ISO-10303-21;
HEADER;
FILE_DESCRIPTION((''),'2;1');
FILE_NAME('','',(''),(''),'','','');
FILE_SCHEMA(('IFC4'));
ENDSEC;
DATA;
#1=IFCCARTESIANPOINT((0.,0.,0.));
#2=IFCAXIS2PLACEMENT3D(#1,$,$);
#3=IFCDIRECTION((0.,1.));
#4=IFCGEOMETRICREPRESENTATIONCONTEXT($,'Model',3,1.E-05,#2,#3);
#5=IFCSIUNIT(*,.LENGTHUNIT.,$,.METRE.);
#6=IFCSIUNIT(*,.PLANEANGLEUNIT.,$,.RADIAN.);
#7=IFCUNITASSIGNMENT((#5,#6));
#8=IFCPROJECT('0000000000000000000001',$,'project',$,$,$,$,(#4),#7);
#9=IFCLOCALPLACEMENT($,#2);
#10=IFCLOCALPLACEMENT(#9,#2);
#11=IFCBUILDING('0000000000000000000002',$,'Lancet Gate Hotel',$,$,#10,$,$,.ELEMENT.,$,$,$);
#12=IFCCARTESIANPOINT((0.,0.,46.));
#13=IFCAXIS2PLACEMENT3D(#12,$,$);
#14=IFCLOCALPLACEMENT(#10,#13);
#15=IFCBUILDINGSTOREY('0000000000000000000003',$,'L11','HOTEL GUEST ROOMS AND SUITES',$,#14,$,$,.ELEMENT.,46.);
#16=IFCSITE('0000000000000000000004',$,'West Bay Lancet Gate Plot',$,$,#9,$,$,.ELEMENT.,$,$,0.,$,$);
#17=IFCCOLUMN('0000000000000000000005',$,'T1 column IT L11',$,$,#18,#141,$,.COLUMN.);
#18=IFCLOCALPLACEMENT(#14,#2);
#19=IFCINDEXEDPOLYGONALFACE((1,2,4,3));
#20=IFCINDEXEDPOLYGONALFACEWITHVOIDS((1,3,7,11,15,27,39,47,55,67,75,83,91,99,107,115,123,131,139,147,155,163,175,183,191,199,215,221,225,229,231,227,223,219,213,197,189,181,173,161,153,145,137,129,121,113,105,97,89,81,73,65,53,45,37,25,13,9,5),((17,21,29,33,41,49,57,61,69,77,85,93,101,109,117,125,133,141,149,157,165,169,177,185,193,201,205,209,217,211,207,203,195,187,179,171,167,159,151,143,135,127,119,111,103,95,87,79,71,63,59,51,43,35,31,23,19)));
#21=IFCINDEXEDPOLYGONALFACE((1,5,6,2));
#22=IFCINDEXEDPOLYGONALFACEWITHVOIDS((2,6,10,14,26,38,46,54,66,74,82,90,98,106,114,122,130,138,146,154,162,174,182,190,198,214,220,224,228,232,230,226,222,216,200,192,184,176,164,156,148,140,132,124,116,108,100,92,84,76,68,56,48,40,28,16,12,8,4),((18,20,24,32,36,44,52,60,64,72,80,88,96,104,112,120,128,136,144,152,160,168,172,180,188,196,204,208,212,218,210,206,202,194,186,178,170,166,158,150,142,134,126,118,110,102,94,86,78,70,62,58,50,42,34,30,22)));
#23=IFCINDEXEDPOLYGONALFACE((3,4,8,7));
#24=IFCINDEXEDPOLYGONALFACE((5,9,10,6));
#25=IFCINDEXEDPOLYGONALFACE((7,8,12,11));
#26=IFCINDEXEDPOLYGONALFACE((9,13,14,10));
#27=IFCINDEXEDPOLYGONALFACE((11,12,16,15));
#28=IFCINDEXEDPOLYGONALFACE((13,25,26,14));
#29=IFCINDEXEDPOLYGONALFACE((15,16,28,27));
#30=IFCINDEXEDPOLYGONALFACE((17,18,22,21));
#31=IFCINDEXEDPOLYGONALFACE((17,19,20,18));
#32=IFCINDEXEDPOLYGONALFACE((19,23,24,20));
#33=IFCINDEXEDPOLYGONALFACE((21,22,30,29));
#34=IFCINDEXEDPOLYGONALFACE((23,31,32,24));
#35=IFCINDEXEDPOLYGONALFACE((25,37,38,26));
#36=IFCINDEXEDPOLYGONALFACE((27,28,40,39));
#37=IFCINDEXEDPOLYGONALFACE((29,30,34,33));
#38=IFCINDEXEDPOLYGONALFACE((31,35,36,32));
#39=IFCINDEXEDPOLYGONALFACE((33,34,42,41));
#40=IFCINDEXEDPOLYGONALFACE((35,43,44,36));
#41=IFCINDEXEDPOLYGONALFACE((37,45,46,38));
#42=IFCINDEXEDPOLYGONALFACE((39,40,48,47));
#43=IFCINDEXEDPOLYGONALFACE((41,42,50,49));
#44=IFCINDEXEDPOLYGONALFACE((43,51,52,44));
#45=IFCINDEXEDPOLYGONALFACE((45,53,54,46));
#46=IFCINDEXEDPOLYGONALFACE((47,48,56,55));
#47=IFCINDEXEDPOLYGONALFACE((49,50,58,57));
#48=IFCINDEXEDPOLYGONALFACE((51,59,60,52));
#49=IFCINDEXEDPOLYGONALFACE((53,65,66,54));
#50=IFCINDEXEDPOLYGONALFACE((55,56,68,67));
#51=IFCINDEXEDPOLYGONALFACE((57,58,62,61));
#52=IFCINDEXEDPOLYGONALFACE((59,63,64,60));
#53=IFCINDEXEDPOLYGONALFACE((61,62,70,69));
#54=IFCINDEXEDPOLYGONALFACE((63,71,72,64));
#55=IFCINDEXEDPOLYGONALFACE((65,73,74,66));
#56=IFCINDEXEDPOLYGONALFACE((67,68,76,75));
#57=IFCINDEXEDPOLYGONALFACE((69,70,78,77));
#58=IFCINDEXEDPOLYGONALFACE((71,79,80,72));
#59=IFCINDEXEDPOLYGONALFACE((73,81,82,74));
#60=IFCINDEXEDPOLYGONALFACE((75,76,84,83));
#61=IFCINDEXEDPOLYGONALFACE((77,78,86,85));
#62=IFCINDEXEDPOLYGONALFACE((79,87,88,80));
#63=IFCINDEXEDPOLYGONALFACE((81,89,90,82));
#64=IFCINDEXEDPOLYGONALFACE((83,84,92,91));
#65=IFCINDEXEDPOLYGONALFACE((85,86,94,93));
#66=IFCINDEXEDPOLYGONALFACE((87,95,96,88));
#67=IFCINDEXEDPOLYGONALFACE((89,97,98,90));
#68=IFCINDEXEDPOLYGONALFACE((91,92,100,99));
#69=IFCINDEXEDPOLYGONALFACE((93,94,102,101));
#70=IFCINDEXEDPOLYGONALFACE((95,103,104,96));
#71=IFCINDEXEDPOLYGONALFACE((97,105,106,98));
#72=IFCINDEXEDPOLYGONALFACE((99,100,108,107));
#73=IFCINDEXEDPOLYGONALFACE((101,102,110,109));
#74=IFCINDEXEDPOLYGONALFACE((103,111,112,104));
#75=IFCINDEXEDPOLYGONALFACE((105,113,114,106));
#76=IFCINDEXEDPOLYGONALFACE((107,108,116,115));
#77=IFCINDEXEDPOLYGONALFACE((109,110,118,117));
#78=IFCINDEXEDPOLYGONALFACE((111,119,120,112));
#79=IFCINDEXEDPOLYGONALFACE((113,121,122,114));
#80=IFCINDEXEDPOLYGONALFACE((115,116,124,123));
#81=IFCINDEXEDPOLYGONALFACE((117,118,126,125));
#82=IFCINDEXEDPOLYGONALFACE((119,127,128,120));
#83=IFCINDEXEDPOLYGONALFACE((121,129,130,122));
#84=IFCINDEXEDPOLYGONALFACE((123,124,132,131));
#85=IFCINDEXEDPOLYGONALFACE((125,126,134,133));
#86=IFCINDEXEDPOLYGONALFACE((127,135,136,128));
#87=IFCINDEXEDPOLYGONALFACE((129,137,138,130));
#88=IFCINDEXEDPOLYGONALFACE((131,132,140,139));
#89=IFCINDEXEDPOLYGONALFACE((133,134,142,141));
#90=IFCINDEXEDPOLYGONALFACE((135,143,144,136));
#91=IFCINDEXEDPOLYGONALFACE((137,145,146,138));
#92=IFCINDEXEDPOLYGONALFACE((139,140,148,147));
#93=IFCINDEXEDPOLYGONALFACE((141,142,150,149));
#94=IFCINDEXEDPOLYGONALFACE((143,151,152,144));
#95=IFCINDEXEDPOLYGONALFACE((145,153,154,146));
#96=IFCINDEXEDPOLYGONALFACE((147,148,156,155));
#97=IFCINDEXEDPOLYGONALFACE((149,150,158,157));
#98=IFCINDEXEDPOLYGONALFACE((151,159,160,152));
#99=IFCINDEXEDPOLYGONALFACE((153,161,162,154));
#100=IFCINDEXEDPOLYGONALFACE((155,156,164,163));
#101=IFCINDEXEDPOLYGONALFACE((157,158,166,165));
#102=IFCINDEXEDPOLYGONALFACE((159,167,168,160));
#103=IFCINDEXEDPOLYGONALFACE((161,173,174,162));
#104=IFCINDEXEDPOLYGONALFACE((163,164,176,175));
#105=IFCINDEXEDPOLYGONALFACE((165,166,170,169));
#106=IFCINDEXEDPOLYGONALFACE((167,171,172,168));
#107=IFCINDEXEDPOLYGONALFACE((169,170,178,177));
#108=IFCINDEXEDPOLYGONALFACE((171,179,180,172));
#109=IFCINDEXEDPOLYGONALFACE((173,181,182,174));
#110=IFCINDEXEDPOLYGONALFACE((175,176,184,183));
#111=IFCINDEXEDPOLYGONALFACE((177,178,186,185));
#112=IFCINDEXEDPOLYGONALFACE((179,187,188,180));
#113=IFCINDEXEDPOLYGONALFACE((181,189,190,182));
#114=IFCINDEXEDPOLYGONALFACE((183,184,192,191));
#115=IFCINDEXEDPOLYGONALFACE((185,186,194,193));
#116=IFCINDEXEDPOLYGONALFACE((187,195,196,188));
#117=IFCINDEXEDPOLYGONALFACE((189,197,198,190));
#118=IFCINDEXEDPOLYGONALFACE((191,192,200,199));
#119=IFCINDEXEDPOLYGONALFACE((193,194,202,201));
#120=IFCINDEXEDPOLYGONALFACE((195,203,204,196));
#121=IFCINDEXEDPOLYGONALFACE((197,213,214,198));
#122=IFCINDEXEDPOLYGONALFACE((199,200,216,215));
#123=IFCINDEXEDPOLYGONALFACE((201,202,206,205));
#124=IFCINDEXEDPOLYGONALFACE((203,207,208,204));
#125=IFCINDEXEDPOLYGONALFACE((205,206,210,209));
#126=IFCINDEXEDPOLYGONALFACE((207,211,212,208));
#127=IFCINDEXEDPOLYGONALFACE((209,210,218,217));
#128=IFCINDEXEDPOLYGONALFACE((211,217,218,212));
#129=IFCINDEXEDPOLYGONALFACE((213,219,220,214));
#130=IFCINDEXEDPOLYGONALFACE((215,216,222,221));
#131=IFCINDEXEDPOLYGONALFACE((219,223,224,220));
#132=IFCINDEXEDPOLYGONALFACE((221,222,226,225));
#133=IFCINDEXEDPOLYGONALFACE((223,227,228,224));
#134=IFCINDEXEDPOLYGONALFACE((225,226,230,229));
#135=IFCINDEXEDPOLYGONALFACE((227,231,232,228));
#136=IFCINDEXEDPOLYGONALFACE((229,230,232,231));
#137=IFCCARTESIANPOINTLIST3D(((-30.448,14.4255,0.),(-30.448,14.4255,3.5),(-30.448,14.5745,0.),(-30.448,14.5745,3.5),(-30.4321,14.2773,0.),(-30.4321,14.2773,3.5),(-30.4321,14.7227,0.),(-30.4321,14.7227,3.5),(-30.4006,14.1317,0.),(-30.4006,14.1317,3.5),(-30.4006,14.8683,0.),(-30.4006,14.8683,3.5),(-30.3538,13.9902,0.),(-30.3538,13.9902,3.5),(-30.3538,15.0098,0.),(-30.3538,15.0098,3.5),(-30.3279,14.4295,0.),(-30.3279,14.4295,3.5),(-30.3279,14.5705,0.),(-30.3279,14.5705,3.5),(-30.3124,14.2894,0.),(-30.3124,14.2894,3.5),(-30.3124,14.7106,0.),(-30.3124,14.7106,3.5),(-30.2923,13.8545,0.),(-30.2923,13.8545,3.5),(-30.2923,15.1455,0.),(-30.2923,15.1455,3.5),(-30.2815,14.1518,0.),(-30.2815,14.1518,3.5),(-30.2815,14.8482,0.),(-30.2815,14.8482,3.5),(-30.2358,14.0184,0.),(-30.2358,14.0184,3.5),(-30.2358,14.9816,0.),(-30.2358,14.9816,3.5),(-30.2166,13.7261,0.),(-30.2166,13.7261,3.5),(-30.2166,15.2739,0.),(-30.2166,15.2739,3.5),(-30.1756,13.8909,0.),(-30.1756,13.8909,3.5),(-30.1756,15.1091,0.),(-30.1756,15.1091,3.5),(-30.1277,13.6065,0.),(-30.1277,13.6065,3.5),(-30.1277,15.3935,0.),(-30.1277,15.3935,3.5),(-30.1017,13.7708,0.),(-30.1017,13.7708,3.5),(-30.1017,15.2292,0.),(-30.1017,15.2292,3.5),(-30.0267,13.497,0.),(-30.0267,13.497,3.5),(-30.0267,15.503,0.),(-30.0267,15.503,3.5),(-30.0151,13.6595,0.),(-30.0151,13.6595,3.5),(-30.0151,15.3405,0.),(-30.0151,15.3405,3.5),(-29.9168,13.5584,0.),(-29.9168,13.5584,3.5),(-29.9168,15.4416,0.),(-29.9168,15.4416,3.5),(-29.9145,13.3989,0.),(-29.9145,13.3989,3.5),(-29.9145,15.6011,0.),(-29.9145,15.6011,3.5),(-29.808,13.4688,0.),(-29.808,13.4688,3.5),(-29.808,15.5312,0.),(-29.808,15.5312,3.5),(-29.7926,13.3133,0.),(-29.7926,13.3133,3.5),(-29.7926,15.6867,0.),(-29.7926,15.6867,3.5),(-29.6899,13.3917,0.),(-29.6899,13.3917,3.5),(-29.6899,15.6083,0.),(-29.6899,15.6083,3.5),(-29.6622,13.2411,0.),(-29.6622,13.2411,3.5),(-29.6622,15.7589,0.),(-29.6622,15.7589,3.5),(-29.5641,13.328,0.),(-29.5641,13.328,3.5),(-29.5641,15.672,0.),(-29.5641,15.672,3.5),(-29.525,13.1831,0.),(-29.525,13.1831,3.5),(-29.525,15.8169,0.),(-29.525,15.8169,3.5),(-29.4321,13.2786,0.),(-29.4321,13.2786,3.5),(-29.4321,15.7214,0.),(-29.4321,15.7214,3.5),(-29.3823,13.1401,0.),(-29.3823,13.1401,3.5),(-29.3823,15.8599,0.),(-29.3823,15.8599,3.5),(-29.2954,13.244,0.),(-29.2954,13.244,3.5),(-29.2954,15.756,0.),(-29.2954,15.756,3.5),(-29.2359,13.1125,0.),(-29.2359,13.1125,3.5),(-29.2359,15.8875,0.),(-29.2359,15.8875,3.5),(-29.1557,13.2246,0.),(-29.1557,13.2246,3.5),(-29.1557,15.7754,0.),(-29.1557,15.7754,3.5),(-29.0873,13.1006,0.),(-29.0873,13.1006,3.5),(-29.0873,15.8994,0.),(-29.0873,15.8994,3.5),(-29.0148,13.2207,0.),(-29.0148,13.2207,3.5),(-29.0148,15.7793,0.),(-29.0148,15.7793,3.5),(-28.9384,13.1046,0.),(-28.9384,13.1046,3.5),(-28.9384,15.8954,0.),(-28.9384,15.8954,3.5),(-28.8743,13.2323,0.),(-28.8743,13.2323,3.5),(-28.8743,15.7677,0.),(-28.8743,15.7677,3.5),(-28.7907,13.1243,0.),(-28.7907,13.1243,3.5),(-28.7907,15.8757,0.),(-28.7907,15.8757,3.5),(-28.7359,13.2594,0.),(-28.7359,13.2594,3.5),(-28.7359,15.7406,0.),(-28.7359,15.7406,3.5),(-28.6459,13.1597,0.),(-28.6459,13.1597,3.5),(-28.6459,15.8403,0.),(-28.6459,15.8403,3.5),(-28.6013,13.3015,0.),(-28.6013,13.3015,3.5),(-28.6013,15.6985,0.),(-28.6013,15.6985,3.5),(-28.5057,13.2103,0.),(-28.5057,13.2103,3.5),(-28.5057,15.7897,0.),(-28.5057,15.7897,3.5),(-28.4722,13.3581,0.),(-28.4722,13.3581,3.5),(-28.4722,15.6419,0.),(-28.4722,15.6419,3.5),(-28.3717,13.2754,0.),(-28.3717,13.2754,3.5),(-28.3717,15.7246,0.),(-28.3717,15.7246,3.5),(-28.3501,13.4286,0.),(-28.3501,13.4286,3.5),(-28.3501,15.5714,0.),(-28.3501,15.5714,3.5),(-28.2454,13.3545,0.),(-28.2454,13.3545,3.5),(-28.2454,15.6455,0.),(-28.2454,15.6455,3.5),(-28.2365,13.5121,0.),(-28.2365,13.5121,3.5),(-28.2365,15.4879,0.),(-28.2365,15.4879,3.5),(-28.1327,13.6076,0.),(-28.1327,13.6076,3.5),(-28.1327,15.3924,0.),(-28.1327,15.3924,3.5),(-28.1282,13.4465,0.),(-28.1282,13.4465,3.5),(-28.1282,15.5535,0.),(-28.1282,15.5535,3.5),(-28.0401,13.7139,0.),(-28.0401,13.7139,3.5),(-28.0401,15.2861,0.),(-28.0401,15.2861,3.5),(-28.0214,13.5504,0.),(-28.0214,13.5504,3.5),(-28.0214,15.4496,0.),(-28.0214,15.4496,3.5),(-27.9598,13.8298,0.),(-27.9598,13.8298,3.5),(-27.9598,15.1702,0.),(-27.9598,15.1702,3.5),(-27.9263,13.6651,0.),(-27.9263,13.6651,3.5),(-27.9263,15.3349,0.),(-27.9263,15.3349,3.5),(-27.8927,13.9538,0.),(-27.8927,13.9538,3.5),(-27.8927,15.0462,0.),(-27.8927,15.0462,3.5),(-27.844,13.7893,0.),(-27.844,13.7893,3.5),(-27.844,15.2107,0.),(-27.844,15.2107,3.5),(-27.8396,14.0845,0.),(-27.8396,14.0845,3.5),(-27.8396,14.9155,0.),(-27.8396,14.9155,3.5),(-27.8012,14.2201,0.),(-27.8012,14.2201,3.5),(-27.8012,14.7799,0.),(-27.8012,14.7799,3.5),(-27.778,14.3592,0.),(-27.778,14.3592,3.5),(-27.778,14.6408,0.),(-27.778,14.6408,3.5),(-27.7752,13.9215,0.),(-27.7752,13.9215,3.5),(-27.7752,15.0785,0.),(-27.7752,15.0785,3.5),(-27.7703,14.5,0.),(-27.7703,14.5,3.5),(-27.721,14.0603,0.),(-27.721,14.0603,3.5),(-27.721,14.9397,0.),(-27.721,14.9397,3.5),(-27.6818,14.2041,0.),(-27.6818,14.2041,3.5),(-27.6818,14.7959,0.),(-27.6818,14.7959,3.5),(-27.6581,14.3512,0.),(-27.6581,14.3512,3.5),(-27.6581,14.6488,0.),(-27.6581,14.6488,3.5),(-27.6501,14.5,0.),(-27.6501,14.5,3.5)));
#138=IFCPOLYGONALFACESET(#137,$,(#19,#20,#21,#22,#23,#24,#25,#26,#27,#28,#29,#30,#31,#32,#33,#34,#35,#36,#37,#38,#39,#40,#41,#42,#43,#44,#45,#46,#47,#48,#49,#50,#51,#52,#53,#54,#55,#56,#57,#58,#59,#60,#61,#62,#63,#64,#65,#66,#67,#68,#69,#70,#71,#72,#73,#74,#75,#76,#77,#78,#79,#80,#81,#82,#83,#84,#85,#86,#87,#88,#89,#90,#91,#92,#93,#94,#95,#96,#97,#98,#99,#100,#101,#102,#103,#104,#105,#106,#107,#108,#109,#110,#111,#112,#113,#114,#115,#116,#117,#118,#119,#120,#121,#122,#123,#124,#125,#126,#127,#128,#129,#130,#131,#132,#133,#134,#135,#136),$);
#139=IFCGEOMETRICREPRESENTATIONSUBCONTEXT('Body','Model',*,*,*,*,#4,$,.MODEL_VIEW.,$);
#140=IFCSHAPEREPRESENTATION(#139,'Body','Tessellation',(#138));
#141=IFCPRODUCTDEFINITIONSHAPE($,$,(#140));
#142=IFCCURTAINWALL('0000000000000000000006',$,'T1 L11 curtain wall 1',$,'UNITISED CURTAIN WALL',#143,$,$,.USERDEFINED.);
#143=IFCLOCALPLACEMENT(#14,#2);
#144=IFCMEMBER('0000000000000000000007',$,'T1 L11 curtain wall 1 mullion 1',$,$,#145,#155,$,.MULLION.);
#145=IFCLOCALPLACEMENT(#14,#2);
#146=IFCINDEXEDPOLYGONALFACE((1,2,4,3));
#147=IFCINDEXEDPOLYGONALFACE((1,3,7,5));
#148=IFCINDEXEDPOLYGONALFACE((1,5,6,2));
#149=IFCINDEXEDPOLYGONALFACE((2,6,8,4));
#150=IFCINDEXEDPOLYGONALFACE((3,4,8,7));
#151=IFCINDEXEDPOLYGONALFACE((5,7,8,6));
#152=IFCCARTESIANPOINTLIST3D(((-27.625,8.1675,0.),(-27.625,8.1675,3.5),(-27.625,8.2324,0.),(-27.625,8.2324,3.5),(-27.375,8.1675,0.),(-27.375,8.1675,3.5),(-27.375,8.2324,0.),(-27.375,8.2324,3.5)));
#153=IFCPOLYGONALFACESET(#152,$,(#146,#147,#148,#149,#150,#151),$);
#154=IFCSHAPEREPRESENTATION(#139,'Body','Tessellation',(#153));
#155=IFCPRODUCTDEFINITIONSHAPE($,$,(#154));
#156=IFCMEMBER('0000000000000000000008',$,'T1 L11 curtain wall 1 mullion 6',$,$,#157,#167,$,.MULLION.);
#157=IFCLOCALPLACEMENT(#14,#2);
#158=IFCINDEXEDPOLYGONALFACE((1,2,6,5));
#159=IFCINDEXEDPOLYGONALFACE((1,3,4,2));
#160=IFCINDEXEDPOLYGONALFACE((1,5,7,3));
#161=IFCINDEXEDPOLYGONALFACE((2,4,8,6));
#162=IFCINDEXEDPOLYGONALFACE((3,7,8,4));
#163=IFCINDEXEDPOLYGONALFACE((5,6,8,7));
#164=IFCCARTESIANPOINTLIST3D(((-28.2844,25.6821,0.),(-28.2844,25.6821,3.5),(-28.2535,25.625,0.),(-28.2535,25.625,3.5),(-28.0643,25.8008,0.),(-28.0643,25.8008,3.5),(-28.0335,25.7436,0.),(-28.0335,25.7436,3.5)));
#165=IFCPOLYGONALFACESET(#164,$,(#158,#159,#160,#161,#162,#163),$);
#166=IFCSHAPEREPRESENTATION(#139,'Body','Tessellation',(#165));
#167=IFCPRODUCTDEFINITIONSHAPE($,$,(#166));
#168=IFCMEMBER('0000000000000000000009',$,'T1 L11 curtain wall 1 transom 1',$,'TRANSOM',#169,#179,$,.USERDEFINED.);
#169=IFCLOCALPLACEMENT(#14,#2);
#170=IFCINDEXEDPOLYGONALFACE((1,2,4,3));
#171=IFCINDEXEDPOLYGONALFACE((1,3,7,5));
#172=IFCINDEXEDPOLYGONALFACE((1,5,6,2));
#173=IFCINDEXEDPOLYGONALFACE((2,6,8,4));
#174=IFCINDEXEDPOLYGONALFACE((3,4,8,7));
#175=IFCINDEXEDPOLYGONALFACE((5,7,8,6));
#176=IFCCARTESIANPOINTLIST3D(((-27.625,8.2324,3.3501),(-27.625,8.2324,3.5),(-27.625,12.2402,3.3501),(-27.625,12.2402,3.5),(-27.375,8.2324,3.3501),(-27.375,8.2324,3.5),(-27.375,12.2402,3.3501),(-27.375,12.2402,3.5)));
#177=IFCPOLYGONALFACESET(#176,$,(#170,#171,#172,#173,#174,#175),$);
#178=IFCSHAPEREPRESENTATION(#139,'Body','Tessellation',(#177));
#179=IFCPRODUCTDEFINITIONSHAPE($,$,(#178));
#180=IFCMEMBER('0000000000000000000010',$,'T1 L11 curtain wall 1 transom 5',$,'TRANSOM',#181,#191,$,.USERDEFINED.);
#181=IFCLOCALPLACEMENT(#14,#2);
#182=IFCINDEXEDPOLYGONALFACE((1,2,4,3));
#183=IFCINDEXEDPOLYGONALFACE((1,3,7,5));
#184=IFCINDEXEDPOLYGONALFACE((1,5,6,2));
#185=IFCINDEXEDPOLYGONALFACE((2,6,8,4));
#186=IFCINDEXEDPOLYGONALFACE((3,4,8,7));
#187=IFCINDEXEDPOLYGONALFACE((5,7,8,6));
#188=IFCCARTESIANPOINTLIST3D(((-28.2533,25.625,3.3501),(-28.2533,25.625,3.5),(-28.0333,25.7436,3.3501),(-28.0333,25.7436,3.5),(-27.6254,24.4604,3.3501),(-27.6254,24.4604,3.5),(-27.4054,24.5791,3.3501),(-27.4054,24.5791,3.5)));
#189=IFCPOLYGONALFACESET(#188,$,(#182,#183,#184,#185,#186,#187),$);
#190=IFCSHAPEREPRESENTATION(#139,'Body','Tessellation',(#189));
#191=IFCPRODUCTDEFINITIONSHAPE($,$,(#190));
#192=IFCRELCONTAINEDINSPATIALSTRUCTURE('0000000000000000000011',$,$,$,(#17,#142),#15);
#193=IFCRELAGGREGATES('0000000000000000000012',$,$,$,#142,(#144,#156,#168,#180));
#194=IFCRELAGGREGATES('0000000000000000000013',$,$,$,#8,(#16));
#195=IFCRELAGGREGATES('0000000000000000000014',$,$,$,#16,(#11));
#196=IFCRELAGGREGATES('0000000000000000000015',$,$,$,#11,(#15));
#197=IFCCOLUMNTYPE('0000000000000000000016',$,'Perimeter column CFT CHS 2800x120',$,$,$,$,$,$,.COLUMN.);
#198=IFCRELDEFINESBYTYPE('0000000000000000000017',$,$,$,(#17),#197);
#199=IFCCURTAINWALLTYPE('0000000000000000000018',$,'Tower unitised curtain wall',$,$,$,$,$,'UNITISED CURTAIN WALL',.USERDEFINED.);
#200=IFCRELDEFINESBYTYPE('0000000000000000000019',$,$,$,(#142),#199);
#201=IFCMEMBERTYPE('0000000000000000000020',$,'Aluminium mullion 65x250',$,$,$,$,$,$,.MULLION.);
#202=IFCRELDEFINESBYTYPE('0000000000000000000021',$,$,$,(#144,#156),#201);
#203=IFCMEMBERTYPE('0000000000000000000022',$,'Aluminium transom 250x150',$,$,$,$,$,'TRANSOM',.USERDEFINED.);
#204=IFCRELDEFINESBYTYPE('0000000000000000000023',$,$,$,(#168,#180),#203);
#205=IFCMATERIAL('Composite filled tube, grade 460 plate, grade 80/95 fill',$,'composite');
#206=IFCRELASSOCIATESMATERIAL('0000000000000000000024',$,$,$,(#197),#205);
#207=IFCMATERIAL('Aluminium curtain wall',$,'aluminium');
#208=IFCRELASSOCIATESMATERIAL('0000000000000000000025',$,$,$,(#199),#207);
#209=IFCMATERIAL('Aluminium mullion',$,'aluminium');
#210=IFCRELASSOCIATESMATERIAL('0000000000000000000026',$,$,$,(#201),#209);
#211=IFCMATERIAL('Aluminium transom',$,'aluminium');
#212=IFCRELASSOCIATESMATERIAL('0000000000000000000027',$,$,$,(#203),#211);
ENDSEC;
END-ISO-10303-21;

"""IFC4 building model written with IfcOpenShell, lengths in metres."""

from ifc_helpers import new_model, si_unit, direction, frame, origin, origin_2d, place, context, subcontext, project, spatial, rectangle, hollow_circle, extrude, material, material_profile, profile_set, type_object, element, aggregate, save


model = new_model("IFC4")

# Units and contexts
model_context = context("Model", 3, precision=1e-05, world=origin(), true_north=direction((0.0, 1.0)))
body_context = subcontext(model_context, "Body", "Model", "MODEL_VIEW")
ifc_project = project(units=[si_unit("LENGTHUNIT", "METRE"), si_unit("PLANEANGLEUNIT", "RADIAN")], contexts=[model_context])

# Site, building, storey
site_placement = place(None, origin())
site = spatial("IfcSite", under=ifc_project, at=site_placement, Name="West Bay Lancet Gate Plot", CompositionType="ELEMENT", RefElevation=0.0)
building_placement = place(site_placement, origin())
building = spatial("IfcBuilding", under=site, at=building_placement, Name="Lancet Gate Hotel", CompositionType="ELEMENT")
storey_placement = place(building_placement, frame((0.0, 0.0, 46.0)))
storey = spatial("IfcBuildingStorey", under=building, at=storey_placement, Name="L11", Description="HOTEL GUEST ROOMS AND SUITES", CompositionType="ELEMENT", Elevation=46.0)

# Column
ifc_material_1 = material(Name="Composite filled tube, grade 460 plate, grade 80/95 fill", Category="composite")
ifc_material_profile_1 = material_profile(ifc_material_1, hollow_circle(Radius=1.3999, WallThickness=0.1201, at=origin_2d()), Name="CHS 2800x120")
ifc_profile_set_1 = profile_set([ifc_material_profile_1], Name="Composite filled tube, grade 460 plate, grade 80/95 fill")
column_type = type_object("IfcColumnType", Name="Perimeter column CFT CHS 2800x120", PredefinedType="COLUMN", material=ifc_profile_set_1)
for number, where, z_axis, x_axis, name in (
    (1, (-29.05, 14.5, 0.0), (0.0, 0.0, 1.0), (1.0, 0.0, 0.0), "T1 column IT L11"),
):
    element("IfcColumn", number, at=place(storey_placement, frame(where, z_axis=z_axis, x_axis=x_axis)), inside=storey, type_object=column_type, Name=name, PredefinedType="COLUMN", context=body_context, shape_type="SweptSolid", body=[
        extrude(hollow_circle(Radius=1.3999, WallThickness=0.1201, at=origin_2d()), origin(), (0.0, 0.0, 1.0), 3.5),
    ])

# Curtain wall, members
ifc_material_2 = material(Name="Aluminium curtain wall", Category="aluminium")
curtain_wall_type = type_object("IfcCurtainWallType", Name="Tower unitised curtain wall", ElementType="UNITISED CURTAIN WALL", PredefinedType="USERDEFINED", material=ifc_material_2)
curtain_wall_placement = place(storey_placement, origin())
curtain_wall = element("IfcCurtainWall", 2, at=curtain_wall_placement, inside=storey, type_object=curtain_wall_type, Name="T1 L11 curtain wall 1", ObjectType="UNITISED CURTAIN WALL", PredefinedType="USERDEFINED")
ifc_material_3 = material(Name="Aluminium mullion", Category="aluminium")
ifc_material_profile_2 = material_profile(ifc_material_3, rectangle(XDim=0.0649, YDim=0.25, at=origin_2d()), Name="MULLION 65x250")
ifc_profile_set_2 = profile_set([ifc_material_profile_2], Name="Aluminium mullion")
member_type_1 = type_object("IfcMemberType", Name="Aluminium mullion 65x250", PredefinedType="MULLION", material=ifc_profile_set_2)
member_1_placement = place(storey_placement, frame((-27.5, 8.2, 0.0), z_axis=(0.0, 0.0, 1.0), x_axis=(0.0, 1.0, 0.0)))
member_1 = element("IfcMember", 3, at=member_1_placement, type_object=member_type_1, Name="T1 L11 curtain wall 1 mullion 1", PredefinedType="MULLION", context=body_context, shape_type="SweptSolid", body=[
    extrude(rectangle(XDim=0.0649, YDim=0.25, at=origin_2d()), origin(), (0.0, 0.0, 1.0), 3.5),
])
member_2_placement = place(storey_placement, frame((-28.1589, 25.7129, 0.0), z_axis=(0.0, 0.0, 1.0), x_axis=(-0.474631, 0.880185, 0.0)))
member_2 = element("IfcMember", 4, at=member_2_placement, type_object=member_type_1, Name="T1 L11 curtain wall 1 mullion 6", PredefinedType="MULLION", context=body_context, shape_type="SweptSolid", body=[
    extrude(rectangle(XDim=0.0649, YDim=0.25, at=origin_2d()), origin(), (0.0, 0.0, 1.0), 3.5),
])
ifc_material_4 = material(Name="Aluminium transom", Category="aluminium")
ifc_material_profile_3 = material_profile(ifc_material_4, rectangle(XDim=0.25, YDim=0.1499, at=origin_2d()), Name="TRANSOM 250x150")
ifc_profile_set_3 = profile_set([ifc_material_profile_3], Name="Aluminium transom")
member_type_2 = type_object("IfcMemberType", Name="Aluminium transom 250x150", ElementType="TRANSOM", PredefinedType="USERDEFINED", material=ifc_profile_set_3)
member_3_placement = place(storey_placement, frame((-27.5, 8.2324, 3.425), z_axis=(0.0, 1.0, 0.0), x_axis=(-1.0, 0.0, 0.0)))
member_3 = element("IfcMember", 5, at=member_3_placement, type_object=member_type_2, Name="T1 L11 curtain wall 1 transom 1", ObjectType="TRANSOM", PredefinedType="USERDEFINED", context=body_context, shape_type="SweptSolid", body=[
    extrude(rectangle(XDim=0.25, YDim=0.1499, at=origin_2d()), origin(), (0.0, 0.0, 1.0), 4.0078),
])
member_4_placement = place(storey_placement, frame((-27.5154, 24.5198, 3.425), z_axis=(-0.474606, 0.880198, 0.0), x_axis=(-0.880198, -0.474606, 0.0)))
member_4 = element("IfcMember", 6, at=member_4_placement, type_object=member_type_2, Name="T1 L11 curtain wall 1 transom 5", ObjectType="TRANSOM", PredefinedType="USERDEFINED", context=body_context, shape_type="SweptSolid", body=[
    extrude(rectangle(XDim=0.25, YDim=0.1499, at=origin_2d()), origin(), (0.0, 0.0, 1.0), 1.323),
])

aggregate(curtain_wall, [member_1, member_2, member_3, member_4])

save(model, "model.ifc")
